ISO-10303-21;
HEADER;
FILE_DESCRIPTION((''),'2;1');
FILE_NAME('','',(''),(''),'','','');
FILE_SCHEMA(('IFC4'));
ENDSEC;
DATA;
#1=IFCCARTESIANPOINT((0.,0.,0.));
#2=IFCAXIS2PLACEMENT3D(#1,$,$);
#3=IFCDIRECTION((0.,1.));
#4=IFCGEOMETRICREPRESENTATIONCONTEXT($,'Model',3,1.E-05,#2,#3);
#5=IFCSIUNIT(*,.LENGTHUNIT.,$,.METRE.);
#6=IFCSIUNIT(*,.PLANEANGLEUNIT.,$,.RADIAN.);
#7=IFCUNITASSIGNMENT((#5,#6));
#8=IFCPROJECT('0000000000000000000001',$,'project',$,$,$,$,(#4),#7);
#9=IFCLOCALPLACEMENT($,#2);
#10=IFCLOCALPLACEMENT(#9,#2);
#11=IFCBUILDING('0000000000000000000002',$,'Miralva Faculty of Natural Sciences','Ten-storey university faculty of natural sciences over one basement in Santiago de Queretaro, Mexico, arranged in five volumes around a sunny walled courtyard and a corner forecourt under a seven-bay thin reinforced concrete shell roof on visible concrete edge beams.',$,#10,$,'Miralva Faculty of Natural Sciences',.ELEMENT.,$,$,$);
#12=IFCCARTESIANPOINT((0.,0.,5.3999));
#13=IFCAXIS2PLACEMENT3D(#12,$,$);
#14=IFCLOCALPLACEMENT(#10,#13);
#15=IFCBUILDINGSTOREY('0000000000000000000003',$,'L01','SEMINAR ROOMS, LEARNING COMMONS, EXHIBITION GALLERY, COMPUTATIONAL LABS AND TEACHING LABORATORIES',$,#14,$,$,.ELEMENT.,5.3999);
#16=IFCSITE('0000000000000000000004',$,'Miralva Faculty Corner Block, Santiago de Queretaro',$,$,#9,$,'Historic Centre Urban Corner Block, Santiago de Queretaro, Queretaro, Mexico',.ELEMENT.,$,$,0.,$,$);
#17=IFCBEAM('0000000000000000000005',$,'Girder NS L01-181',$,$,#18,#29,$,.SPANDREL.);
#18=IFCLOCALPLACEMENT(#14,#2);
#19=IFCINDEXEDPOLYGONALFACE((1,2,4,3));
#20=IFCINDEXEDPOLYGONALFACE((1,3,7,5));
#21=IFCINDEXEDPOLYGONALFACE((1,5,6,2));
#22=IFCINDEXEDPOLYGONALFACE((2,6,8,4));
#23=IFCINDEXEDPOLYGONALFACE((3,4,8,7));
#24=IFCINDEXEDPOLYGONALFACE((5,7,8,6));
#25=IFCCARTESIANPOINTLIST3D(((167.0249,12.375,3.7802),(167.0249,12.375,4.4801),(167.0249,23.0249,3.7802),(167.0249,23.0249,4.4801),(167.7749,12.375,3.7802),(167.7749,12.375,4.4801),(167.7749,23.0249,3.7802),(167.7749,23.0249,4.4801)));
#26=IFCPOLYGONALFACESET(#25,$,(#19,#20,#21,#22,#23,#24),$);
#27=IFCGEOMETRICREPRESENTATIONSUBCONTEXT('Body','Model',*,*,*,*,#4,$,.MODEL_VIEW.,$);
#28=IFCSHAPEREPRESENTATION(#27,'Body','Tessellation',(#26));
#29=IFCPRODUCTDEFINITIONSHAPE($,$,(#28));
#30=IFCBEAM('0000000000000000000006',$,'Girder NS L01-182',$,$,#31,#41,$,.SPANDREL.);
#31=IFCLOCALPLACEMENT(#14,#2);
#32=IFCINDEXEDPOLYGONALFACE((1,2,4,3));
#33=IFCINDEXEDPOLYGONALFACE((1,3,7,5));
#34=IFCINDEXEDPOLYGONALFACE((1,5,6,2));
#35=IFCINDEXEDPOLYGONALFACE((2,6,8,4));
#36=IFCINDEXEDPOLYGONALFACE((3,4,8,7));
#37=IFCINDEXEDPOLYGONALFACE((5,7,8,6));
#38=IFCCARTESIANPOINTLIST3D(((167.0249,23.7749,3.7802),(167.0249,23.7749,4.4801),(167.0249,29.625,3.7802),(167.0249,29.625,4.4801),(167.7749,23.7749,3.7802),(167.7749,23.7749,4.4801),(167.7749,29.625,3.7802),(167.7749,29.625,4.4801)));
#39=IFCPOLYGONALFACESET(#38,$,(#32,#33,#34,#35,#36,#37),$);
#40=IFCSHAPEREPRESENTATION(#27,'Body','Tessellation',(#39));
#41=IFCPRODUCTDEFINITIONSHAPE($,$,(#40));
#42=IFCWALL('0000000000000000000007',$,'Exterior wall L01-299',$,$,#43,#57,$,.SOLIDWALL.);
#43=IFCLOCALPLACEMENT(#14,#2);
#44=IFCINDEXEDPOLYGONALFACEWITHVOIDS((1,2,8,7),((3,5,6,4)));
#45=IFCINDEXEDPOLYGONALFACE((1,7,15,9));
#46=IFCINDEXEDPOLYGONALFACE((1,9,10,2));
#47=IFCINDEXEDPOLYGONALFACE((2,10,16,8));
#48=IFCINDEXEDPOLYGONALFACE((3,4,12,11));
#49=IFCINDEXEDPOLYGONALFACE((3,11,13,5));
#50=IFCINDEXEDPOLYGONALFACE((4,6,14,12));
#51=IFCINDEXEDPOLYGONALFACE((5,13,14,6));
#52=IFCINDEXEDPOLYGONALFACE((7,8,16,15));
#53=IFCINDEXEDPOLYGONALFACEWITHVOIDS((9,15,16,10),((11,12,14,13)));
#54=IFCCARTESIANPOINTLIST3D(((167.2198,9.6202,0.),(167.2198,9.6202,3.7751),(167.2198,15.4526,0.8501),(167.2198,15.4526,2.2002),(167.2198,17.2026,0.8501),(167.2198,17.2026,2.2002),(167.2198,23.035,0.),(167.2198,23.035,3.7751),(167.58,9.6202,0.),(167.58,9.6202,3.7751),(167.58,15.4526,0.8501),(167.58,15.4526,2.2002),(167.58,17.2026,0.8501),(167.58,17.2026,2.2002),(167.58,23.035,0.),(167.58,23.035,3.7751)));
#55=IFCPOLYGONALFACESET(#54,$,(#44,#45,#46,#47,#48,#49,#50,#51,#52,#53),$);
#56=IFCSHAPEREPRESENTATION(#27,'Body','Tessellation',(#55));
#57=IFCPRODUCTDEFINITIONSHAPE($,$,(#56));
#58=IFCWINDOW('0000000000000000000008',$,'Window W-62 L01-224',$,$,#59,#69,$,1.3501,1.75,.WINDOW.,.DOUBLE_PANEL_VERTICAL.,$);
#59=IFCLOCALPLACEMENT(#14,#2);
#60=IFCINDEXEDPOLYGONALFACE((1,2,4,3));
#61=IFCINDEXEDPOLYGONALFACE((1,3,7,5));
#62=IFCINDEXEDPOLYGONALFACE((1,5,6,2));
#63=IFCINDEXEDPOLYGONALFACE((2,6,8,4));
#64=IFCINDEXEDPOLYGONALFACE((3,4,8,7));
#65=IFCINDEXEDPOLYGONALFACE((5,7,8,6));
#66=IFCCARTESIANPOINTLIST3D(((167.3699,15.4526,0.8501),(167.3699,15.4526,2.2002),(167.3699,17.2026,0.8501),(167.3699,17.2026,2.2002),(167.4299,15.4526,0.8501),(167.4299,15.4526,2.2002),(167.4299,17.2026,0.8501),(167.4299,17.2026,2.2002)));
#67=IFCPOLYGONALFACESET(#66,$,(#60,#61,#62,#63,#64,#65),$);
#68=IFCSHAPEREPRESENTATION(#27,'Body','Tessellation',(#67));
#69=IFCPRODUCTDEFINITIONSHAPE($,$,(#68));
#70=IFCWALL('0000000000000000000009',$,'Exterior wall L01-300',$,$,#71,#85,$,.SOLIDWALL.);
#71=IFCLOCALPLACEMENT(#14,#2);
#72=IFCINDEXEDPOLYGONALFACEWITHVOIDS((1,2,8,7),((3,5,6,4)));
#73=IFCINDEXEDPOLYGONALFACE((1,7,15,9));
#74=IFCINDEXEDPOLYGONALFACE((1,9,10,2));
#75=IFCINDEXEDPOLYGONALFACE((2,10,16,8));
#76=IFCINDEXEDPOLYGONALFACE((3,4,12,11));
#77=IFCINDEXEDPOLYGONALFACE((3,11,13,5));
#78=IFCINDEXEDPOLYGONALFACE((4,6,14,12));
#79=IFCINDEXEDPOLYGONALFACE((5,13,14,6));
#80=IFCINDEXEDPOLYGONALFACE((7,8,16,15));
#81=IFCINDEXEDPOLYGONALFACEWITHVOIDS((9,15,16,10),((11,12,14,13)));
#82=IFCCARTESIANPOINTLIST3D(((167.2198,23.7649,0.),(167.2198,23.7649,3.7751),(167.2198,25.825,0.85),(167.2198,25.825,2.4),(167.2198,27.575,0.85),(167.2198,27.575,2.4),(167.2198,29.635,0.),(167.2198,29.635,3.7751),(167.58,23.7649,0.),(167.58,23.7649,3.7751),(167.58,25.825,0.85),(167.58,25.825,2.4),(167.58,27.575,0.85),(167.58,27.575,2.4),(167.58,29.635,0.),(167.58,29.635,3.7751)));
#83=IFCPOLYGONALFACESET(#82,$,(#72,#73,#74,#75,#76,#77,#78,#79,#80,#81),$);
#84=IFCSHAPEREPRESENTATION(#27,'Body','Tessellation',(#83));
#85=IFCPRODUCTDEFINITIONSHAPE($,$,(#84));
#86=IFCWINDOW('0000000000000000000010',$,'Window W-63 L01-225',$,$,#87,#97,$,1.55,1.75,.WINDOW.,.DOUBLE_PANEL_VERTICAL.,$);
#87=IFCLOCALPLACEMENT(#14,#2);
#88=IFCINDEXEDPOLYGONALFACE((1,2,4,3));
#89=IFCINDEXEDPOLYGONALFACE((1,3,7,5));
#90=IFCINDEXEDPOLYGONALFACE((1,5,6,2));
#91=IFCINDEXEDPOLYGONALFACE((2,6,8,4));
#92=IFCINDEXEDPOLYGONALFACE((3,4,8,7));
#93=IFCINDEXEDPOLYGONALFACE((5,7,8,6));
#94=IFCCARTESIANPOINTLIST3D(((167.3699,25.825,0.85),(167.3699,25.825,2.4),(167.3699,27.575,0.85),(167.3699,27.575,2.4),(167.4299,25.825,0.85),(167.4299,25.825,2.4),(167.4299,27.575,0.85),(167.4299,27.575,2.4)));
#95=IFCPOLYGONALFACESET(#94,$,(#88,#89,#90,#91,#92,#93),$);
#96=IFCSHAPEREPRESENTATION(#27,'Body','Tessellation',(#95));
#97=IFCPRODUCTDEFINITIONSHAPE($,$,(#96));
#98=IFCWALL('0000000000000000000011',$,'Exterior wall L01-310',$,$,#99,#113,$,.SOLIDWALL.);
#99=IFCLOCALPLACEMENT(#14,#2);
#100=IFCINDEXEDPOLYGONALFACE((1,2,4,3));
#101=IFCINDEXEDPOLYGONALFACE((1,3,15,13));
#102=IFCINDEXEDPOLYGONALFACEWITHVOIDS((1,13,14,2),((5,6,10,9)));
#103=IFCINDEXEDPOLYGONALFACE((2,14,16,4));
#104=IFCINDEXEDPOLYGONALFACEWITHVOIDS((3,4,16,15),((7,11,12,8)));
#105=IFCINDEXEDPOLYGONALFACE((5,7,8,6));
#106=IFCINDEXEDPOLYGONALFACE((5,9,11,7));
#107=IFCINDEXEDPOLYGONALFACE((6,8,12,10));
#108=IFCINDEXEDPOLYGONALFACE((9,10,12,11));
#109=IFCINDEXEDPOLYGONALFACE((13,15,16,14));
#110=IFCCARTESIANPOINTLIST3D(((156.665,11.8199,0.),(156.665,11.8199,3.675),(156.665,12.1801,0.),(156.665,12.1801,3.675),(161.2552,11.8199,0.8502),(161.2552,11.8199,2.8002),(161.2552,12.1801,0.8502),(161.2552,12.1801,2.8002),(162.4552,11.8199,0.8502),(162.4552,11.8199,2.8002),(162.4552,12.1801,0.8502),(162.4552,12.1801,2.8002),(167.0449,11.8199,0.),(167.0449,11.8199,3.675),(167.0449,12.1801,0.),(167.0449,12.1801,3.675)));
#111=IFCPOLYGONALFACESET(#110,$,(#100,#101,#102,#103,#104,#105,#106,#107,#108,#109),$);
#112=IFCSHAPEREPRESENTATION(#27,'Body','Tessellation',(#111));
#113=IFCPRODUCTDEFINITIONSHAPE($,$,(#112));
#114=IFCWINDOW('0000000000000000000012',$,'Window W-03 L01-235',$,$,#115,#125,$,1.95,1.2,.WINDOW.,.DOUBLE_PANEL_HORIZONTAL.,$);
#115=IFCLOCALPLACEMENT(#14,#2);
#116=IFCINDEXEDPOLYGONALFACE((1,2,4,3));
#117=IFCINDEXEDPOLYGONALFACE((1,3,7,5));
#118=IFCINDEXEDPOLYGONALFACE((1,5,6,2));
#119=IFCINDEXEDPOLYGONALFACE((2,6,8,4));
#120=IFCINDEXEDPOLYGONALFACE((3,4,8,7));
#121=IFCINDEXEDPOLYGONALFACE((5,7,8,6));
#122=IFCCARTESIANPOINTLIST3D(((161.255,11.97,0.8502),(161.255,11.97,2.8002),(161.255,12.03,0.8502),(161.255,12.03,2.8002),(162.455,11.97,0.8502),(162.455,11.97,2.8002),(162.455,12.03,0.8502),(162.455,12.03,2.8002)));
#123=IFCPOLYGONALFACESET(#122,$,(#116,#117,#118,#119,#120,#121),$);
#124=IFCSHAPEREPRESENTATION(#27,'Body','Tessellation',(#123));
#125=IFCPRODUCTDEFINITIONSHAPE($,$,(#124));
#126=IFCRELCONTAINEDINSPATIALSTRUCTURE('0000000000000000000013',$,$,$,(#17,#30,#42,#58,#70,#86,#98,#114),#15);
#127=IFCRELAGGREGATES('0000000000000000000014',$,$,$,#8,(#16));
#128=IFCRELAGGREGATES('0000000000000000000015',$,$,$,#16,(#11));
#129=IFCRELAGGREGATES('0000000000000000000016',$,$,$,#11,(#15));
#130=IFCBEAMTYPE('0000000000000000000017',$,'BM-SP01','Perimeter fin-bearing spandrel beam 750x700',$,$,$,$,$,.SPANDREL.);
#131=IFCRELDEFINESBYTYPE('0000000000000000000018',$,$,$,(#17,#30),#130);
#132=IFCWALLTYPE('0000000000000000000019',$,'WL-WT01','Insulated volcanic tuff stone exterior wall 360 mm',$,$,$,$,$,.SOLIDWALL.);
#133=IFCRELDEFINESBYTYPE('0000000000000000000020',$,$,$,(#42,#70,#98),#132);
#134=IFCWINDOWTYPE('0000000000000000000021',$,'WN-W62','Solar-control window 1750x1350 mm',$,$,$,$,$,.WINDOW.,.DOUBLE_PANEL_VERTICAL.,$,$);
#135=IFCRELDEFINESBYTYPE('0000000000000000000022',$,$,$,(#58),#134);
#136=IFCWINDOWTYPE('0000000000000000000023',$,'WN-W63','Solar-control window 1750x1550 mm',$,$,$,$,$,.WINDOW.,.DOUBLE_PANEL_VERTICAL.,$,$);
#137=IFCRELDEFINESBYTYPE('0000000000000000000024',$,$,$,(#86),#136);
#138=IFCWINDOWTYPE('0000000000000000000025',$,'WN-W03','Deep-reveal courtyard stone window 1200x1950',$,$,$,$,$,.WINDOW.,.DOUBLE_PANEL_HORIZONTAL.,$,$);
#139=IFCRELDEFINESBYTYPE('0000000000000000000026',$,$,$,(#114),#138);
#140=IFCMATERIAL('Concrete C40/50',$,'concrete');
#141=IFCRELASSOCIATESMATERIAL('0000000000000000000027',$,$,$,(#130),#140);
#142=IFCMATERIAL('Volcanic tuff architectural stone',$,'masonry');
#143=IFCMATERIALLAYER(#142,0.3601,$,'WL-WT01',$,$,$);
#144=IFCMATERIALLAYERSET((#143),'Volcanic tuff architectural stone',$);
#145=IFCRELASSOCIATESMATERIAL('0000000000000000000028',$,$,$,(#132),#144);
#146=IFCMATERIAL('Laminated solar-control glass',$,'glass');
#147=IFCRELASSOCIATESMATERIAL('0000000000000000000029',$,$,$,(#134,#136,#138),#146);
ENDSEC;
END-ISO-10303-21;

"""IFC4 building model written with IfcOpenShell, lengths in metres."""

from ifc_helpers import new_model, si_unit, direction, frame, frame_2d, origin, origin_2d, place, context, subcontext, project, spatial, rectangle, extrude, material, layer, layer_set, material_profile, profile_set, type_object, element, fill, save


model = new_model("IFC4")

# Units and contexts
model_context = context("Model", 3, precision=1e-05, world=origin(), true_north=direction((0.0, 1.0)))
body_context = subcontext(model_context, "Body", "Model", "MODEL_VIEW")
ifc_project = project(units=[si_unit("LENGTHUNIT", "METRE"), si_unit("PLANEANGLEUNIT", "RADIAN")], contexts=[model_context])

# Site, building, storey
site_placement = place(None, origin())
site = spatial("IfcSite", under=ifc_project, at=site_placement, Name="Miralva Faculty Corner Block, Santiago de Queretaro", LongName="Historic Centre Urban Corner Block, Santiago de Queretaro, Queretaro, Mexico", CompositionType="ELEMENT", RefElevation=0.0)
building_placement = place(site_placement, origin())
building = spatial("IfcBuilding", under=site, at=building_placement, Name="Miralva Faculty of Natural Sciences", Description="Ten-storey university faculty of natural sciences over one basement in Santiago de Queretaro, Mexico, arranged in five volumes around a sunny walled courtyard and a corner forecourt under a seven-bay thin reinforced concrete shell roof on visible concrete edge beams.", LongName="Miralva Faculty of Natural Sciences", CompositionType="ELEMENT")
storey_placement = place(building_placement, frame((0.0, 0.0, 5.3999)))
storey = spatial("IfcBuildingStorey", under=building, at=storey_placement, Name="L01", Description="SEMINAR ROOMS, LEARNING COMMONS, EXHIBITION GALLERY, COMPUTATIONAL LABS AND TEACHING LABORATORIES", CompositionType="ELEMENT", Elevation=5.3999)

# Shared definitions
ifc_material_1 = material(Name="Concrete C40/50", Category="concrete")

# Beams
ifc_material_profile_1 = material_profile(ifc_material_1, rectangle(XDim=0.75, YDim=0.7, at=origin_2d()), Name="RC 750x700")
ifc_profile_set_1 = profile_set([ifc_material_profile_1], Name="Concrete C40/50")
beam_type_1 = type_object("IfcBeamType", Name="BM-SP01", Description="Perimeter fin-bearing spandrel beam 750x700", PredefinedType="SPANDREL", material=ifc_profile_set_1)
beam_1_placement = place(storey_placement, frame((167.3999, 12.375, 4.1301), z_axis=(0.0, 1.0, 0.0), x_axis=(-1.0, 0.0, 0.0)))
element("IfcBeam", 1, at=beam_1_placement, inside=storey, type_object=beam_type_1, Name="Girder NS L01-181", PredefinedType="SPANDREL", context=body_context, shape_type="SweptSolid", body=[
    extrude(rectangle(XDim=0.75, YDim=0.7, at=origin_2d()), origin(), (0.0, 0.0, 1.0), 10.6499),
])
beam_2_placement = place(storey_placement, frame((167.3999, 23.7749, 4.1301), z_axis=(0.0, 1.0, 0.0), x_axis=(-1.0, 0.0, 0.0)))
element("IfcBeam", 2, at=beam_2_placement, inside=storey, type_object=beam_type_1, Name="Girder NS L01-182", PredefinedType="SPANDREL", context=body_context, shape_type="SweptSolid", body=[
    extrude(rectangle(XDim=0.75, YDim=0.7, at=origin_2d()), origin(), (0.0, 0.0, 1.0), 5.8501),
])

# Walls, openings, windows
ifc_material_2 = material(Name="Volcanic tuff architectural stone", Category="masonry")
ifc_layer = layer(ifc_material_2, 0.3601, Name="WL-WT01")
ifc_layer_set = layer_set([ifc_layer], Name="Volcanic tuff architectural stone")
wall_type = type_object("IfcWallType", Name="WL-WT01", Description="Insulated volcanic tuff stone exterior wall 360 mm", PredefinedType="SOLIDWALL", material=ifc_layer_set)
wall_1_placement = place(storey_placement, frame((167.3999, 9.6201, 0.0), z_axis=(0.0, 0.0, 1.0), x_axis=(0.0, 1.0, 0.0)))
wall_1 = element("IfcWall", 3, at=wall_1_placement, inside=storey, type_object=wall_type, Name="Exterior wall L01-299", PredefinedType="SOLIDWALL", context=body_context, shape_type="SweptSolid", body=[
    extrude(rectangle(XDim=13.4148, YDim=0.3601, at=frame_2d((6.7075, 0.0))), origin(), (0.0, 0.0, 1.0), 3.7751),
])
opening_1_placement = place(wall_1_placement, frame((5.8325, 0.0, 0.8501)))
opening_1 = element("IfcOpeningElement", 4, at=opening_1_placement, cuts=wall_1, PredefinedType="OPENING", context=body_context, shape_type="SweptSolid", body=[
    extrude(rectangle(XDim=1.75, YDim=1.3501, at=frame_2d((0.875, 0.675))), frame((0.0, 0.1899, 0.0), z_axis=(0.0, -1.0, 0.0), x_axis=(1.0, 0.0, 0.0)), (0.0, 0.0, 1.0), 0.3801),
])
ifc_material_3 = material(Name="Laminated solar-control glass", Category="glass")
window_type_1 = type_object("IfcWindowType", Name="WN-W62", Description="Solar-control window 1750x1350 mm", PartitioningType="DOUBLE_PANEL_VERTICAL", PredefinedType="WINDOW", material=ifc_material_3)
window_1_placement = place(opening_1_placement, frame((1.75, 0.0, 0.0), z_axis=(0.0, 0.0, 1.0), x_axis=(-1.0, 0.0, 0.0)))
window_1 = element("IfcWindow", 5, at=window_1_placement, inside=storey, type_object=window_type_1, Name="Window W-62 L01-224", OverallHeight=1.3501, OverallWidth=1.75, PartitioningType="DOUBLE_PANEL_VERTICAL", PredefinedType="WINDOW", context=body_context, shape_type="SweptSolid", body=[
    extrude(rectangle(XDim=1.75, YDim=1.3501, at=frame_2d((0.875, 0.675))), frame((0.0, 0.03, 0.0), z_axis=(0.0, -1.0, 0.0), x_axis=(1.0, 0.0, 0.0)), (0.0, 0.0, 1.0), 0.0601),
])
fill(opening_1, window_1)
wall_2_placement = place(storey_placement, frame((167.3999, 23.7649, 0.0), z_axis=(0.0, 0.0, 1.0), x_axis=(0.0, 1.0, 0.0)))
wall_2 = element("IfcWall", 6, at=wall_2_placement, inside=storey, type_object=wall_type, Name="Exterior wall L01-300", PredefinedType="SOLIDWALL", context=body_context, shape_type="SweptSolid", body=[
    extrude(rectangle(XDim=5.8701, YDim=0.3601, at=frame_2d((2.9351, 0.0))), origin(), (0.0, 0.0, 1.0), 3.7751),
])
opening_2_placement = place(wall_2_placement, frame((2.0601, 0.0, 0.8501)))
opening_2 = element("IfcOpeningElement", 7, at=opening_2_placement, cuts=wall_2, PredefinedType="OPENING", context=body_context, shape_type="SweptSolid", body=[
    extrude(rectangle(XDim=1.75, YDim=1.55, at=frame_2d((0.875, 0.7749))), frame((0.0, 0.1899, 0.0), z_axis=(0.0, -1.0, 0.0), x_axis=(1.0, 0.0, 0.0)), (0.0, 0.0, 1.0), 0.3801),
])
window_type_2 = type_object("IfcWindowType", Name="WN-W63", Description="Solar-control window 1750x1550 mm", PartitioningType="DOUBLE_PANEL_VERTICAL", PredefinedType="WINDOW", material=ifc_material_3)
window_2_placement = place(opening_2_placement, frame((1.75, 0.0, 0.0), z_axis=(0.0, 0.0, 1.0), x_axis=(-1.0, 0.0, 0.0)))
window_2 = element("IfcWindow", 8, at=window_2_placement, inside=storey, type_object=window_type_2, Name="Window W-63 L01-225", OverallHeight=1.55, OverallWidth=1.75, PartitioningType="DOUBLE_PANEL_VERTICAL", PredefinedType="WINDOW", context=body_context, shape_type="SweptSolid", body=[
    extrude(rectangle(XDim=1.75, YDim=1.55, at=frame_2d((0.875, 0.7749))), frame((0.0, 0.03, 0.0), z_axis=(0.0, -1.0, 0.0), x_axis=(1.0, 0.0, 0.0)), (0.0, 0.0, 1.0), 0.0601),
])
fill(opening_2, window_2)
wall_3_placement = place(storey_placement, frame((156.665, 12.0, 0.0), z_axis=(0.0, 0.0, 1.0), x_axis=(1.0, 0.0, 0.0)))
wall_3 = element("IfcWall", 9, at=wall_3_placement, inside=storey, type_object=wall_type, Name="Exterior wall L01-310", PredefinedType="SOLIDWALL", context=body_context, shape_type="SweptSolid", body=[
    extrude(rectangle(XDim=10.3799, YDim=0.3601, at=frame_2d((5.1899, 0.0))), origin(), (0.0, 0.0, 1.0), 3.675),
])
opening_3_placement = place(wall_3_placement, frame((4.5901, 0.0, 0.8501)))
opening_3 = element("IfcOpeningElement", 10, at=opening_3_placement, cuts=wall_3, PredefinedType="OPENING", context=body_context, shape_type="SweptSolid", body=[
    extrude(rectangle(XDim=1.2, YDim=1.95, at=frame_2d((0.6001, 0.9751))), frame((0.0, 0.1899, 0.0), z_axis=(0.0, -1.0, 0.0), x_axis=(1.0, 0.0, 0.0)), (0.0, 0.0, 1.0), 0.3801),
])
window_type_3 = type_object("IfcWindowType", Name="WN-W03", Description="Deep-reveal courtyard stone window 1200x1950", PartitioningType="DOUBLE_PANEL_HORIZONTAL", PredefinedType="WINDOW", material=ifc_material_3)
window_3_placement = place(opening_3_placement, frame((1.2, 0.0, 0.0), z_axis=(0.0, 0.0, 1.0), x_axis=(-1.0, 0.0, 0.0)))
window_3 = element("IfcWindow", 11, at=window_3_placement, inside=storey, type_object=window_type_3, Name="Window W-03 L01-235", OverallHeight=1.95, OverallWidth=1.2, PartitioningType="DOUBLE_PANEL_HORIZONTAL", PredefinedType="WINDOW", context=body_context, shape_type="SweptSolid", body=[
    extrude(rectangle(XDim=1.2, YDim=1.95, at=frame_2d((0.6001, 0.9751))), frame((0.0, 0.03, 0.0), z_axis=(0.0, -1.0, 0.0), x_axis=(1.0, 0.0, 0.0)), (0.0, 0.0, 1.0), 0.0601),
])
fill(opening_3, window_3)

save(model, "model.ifc")
